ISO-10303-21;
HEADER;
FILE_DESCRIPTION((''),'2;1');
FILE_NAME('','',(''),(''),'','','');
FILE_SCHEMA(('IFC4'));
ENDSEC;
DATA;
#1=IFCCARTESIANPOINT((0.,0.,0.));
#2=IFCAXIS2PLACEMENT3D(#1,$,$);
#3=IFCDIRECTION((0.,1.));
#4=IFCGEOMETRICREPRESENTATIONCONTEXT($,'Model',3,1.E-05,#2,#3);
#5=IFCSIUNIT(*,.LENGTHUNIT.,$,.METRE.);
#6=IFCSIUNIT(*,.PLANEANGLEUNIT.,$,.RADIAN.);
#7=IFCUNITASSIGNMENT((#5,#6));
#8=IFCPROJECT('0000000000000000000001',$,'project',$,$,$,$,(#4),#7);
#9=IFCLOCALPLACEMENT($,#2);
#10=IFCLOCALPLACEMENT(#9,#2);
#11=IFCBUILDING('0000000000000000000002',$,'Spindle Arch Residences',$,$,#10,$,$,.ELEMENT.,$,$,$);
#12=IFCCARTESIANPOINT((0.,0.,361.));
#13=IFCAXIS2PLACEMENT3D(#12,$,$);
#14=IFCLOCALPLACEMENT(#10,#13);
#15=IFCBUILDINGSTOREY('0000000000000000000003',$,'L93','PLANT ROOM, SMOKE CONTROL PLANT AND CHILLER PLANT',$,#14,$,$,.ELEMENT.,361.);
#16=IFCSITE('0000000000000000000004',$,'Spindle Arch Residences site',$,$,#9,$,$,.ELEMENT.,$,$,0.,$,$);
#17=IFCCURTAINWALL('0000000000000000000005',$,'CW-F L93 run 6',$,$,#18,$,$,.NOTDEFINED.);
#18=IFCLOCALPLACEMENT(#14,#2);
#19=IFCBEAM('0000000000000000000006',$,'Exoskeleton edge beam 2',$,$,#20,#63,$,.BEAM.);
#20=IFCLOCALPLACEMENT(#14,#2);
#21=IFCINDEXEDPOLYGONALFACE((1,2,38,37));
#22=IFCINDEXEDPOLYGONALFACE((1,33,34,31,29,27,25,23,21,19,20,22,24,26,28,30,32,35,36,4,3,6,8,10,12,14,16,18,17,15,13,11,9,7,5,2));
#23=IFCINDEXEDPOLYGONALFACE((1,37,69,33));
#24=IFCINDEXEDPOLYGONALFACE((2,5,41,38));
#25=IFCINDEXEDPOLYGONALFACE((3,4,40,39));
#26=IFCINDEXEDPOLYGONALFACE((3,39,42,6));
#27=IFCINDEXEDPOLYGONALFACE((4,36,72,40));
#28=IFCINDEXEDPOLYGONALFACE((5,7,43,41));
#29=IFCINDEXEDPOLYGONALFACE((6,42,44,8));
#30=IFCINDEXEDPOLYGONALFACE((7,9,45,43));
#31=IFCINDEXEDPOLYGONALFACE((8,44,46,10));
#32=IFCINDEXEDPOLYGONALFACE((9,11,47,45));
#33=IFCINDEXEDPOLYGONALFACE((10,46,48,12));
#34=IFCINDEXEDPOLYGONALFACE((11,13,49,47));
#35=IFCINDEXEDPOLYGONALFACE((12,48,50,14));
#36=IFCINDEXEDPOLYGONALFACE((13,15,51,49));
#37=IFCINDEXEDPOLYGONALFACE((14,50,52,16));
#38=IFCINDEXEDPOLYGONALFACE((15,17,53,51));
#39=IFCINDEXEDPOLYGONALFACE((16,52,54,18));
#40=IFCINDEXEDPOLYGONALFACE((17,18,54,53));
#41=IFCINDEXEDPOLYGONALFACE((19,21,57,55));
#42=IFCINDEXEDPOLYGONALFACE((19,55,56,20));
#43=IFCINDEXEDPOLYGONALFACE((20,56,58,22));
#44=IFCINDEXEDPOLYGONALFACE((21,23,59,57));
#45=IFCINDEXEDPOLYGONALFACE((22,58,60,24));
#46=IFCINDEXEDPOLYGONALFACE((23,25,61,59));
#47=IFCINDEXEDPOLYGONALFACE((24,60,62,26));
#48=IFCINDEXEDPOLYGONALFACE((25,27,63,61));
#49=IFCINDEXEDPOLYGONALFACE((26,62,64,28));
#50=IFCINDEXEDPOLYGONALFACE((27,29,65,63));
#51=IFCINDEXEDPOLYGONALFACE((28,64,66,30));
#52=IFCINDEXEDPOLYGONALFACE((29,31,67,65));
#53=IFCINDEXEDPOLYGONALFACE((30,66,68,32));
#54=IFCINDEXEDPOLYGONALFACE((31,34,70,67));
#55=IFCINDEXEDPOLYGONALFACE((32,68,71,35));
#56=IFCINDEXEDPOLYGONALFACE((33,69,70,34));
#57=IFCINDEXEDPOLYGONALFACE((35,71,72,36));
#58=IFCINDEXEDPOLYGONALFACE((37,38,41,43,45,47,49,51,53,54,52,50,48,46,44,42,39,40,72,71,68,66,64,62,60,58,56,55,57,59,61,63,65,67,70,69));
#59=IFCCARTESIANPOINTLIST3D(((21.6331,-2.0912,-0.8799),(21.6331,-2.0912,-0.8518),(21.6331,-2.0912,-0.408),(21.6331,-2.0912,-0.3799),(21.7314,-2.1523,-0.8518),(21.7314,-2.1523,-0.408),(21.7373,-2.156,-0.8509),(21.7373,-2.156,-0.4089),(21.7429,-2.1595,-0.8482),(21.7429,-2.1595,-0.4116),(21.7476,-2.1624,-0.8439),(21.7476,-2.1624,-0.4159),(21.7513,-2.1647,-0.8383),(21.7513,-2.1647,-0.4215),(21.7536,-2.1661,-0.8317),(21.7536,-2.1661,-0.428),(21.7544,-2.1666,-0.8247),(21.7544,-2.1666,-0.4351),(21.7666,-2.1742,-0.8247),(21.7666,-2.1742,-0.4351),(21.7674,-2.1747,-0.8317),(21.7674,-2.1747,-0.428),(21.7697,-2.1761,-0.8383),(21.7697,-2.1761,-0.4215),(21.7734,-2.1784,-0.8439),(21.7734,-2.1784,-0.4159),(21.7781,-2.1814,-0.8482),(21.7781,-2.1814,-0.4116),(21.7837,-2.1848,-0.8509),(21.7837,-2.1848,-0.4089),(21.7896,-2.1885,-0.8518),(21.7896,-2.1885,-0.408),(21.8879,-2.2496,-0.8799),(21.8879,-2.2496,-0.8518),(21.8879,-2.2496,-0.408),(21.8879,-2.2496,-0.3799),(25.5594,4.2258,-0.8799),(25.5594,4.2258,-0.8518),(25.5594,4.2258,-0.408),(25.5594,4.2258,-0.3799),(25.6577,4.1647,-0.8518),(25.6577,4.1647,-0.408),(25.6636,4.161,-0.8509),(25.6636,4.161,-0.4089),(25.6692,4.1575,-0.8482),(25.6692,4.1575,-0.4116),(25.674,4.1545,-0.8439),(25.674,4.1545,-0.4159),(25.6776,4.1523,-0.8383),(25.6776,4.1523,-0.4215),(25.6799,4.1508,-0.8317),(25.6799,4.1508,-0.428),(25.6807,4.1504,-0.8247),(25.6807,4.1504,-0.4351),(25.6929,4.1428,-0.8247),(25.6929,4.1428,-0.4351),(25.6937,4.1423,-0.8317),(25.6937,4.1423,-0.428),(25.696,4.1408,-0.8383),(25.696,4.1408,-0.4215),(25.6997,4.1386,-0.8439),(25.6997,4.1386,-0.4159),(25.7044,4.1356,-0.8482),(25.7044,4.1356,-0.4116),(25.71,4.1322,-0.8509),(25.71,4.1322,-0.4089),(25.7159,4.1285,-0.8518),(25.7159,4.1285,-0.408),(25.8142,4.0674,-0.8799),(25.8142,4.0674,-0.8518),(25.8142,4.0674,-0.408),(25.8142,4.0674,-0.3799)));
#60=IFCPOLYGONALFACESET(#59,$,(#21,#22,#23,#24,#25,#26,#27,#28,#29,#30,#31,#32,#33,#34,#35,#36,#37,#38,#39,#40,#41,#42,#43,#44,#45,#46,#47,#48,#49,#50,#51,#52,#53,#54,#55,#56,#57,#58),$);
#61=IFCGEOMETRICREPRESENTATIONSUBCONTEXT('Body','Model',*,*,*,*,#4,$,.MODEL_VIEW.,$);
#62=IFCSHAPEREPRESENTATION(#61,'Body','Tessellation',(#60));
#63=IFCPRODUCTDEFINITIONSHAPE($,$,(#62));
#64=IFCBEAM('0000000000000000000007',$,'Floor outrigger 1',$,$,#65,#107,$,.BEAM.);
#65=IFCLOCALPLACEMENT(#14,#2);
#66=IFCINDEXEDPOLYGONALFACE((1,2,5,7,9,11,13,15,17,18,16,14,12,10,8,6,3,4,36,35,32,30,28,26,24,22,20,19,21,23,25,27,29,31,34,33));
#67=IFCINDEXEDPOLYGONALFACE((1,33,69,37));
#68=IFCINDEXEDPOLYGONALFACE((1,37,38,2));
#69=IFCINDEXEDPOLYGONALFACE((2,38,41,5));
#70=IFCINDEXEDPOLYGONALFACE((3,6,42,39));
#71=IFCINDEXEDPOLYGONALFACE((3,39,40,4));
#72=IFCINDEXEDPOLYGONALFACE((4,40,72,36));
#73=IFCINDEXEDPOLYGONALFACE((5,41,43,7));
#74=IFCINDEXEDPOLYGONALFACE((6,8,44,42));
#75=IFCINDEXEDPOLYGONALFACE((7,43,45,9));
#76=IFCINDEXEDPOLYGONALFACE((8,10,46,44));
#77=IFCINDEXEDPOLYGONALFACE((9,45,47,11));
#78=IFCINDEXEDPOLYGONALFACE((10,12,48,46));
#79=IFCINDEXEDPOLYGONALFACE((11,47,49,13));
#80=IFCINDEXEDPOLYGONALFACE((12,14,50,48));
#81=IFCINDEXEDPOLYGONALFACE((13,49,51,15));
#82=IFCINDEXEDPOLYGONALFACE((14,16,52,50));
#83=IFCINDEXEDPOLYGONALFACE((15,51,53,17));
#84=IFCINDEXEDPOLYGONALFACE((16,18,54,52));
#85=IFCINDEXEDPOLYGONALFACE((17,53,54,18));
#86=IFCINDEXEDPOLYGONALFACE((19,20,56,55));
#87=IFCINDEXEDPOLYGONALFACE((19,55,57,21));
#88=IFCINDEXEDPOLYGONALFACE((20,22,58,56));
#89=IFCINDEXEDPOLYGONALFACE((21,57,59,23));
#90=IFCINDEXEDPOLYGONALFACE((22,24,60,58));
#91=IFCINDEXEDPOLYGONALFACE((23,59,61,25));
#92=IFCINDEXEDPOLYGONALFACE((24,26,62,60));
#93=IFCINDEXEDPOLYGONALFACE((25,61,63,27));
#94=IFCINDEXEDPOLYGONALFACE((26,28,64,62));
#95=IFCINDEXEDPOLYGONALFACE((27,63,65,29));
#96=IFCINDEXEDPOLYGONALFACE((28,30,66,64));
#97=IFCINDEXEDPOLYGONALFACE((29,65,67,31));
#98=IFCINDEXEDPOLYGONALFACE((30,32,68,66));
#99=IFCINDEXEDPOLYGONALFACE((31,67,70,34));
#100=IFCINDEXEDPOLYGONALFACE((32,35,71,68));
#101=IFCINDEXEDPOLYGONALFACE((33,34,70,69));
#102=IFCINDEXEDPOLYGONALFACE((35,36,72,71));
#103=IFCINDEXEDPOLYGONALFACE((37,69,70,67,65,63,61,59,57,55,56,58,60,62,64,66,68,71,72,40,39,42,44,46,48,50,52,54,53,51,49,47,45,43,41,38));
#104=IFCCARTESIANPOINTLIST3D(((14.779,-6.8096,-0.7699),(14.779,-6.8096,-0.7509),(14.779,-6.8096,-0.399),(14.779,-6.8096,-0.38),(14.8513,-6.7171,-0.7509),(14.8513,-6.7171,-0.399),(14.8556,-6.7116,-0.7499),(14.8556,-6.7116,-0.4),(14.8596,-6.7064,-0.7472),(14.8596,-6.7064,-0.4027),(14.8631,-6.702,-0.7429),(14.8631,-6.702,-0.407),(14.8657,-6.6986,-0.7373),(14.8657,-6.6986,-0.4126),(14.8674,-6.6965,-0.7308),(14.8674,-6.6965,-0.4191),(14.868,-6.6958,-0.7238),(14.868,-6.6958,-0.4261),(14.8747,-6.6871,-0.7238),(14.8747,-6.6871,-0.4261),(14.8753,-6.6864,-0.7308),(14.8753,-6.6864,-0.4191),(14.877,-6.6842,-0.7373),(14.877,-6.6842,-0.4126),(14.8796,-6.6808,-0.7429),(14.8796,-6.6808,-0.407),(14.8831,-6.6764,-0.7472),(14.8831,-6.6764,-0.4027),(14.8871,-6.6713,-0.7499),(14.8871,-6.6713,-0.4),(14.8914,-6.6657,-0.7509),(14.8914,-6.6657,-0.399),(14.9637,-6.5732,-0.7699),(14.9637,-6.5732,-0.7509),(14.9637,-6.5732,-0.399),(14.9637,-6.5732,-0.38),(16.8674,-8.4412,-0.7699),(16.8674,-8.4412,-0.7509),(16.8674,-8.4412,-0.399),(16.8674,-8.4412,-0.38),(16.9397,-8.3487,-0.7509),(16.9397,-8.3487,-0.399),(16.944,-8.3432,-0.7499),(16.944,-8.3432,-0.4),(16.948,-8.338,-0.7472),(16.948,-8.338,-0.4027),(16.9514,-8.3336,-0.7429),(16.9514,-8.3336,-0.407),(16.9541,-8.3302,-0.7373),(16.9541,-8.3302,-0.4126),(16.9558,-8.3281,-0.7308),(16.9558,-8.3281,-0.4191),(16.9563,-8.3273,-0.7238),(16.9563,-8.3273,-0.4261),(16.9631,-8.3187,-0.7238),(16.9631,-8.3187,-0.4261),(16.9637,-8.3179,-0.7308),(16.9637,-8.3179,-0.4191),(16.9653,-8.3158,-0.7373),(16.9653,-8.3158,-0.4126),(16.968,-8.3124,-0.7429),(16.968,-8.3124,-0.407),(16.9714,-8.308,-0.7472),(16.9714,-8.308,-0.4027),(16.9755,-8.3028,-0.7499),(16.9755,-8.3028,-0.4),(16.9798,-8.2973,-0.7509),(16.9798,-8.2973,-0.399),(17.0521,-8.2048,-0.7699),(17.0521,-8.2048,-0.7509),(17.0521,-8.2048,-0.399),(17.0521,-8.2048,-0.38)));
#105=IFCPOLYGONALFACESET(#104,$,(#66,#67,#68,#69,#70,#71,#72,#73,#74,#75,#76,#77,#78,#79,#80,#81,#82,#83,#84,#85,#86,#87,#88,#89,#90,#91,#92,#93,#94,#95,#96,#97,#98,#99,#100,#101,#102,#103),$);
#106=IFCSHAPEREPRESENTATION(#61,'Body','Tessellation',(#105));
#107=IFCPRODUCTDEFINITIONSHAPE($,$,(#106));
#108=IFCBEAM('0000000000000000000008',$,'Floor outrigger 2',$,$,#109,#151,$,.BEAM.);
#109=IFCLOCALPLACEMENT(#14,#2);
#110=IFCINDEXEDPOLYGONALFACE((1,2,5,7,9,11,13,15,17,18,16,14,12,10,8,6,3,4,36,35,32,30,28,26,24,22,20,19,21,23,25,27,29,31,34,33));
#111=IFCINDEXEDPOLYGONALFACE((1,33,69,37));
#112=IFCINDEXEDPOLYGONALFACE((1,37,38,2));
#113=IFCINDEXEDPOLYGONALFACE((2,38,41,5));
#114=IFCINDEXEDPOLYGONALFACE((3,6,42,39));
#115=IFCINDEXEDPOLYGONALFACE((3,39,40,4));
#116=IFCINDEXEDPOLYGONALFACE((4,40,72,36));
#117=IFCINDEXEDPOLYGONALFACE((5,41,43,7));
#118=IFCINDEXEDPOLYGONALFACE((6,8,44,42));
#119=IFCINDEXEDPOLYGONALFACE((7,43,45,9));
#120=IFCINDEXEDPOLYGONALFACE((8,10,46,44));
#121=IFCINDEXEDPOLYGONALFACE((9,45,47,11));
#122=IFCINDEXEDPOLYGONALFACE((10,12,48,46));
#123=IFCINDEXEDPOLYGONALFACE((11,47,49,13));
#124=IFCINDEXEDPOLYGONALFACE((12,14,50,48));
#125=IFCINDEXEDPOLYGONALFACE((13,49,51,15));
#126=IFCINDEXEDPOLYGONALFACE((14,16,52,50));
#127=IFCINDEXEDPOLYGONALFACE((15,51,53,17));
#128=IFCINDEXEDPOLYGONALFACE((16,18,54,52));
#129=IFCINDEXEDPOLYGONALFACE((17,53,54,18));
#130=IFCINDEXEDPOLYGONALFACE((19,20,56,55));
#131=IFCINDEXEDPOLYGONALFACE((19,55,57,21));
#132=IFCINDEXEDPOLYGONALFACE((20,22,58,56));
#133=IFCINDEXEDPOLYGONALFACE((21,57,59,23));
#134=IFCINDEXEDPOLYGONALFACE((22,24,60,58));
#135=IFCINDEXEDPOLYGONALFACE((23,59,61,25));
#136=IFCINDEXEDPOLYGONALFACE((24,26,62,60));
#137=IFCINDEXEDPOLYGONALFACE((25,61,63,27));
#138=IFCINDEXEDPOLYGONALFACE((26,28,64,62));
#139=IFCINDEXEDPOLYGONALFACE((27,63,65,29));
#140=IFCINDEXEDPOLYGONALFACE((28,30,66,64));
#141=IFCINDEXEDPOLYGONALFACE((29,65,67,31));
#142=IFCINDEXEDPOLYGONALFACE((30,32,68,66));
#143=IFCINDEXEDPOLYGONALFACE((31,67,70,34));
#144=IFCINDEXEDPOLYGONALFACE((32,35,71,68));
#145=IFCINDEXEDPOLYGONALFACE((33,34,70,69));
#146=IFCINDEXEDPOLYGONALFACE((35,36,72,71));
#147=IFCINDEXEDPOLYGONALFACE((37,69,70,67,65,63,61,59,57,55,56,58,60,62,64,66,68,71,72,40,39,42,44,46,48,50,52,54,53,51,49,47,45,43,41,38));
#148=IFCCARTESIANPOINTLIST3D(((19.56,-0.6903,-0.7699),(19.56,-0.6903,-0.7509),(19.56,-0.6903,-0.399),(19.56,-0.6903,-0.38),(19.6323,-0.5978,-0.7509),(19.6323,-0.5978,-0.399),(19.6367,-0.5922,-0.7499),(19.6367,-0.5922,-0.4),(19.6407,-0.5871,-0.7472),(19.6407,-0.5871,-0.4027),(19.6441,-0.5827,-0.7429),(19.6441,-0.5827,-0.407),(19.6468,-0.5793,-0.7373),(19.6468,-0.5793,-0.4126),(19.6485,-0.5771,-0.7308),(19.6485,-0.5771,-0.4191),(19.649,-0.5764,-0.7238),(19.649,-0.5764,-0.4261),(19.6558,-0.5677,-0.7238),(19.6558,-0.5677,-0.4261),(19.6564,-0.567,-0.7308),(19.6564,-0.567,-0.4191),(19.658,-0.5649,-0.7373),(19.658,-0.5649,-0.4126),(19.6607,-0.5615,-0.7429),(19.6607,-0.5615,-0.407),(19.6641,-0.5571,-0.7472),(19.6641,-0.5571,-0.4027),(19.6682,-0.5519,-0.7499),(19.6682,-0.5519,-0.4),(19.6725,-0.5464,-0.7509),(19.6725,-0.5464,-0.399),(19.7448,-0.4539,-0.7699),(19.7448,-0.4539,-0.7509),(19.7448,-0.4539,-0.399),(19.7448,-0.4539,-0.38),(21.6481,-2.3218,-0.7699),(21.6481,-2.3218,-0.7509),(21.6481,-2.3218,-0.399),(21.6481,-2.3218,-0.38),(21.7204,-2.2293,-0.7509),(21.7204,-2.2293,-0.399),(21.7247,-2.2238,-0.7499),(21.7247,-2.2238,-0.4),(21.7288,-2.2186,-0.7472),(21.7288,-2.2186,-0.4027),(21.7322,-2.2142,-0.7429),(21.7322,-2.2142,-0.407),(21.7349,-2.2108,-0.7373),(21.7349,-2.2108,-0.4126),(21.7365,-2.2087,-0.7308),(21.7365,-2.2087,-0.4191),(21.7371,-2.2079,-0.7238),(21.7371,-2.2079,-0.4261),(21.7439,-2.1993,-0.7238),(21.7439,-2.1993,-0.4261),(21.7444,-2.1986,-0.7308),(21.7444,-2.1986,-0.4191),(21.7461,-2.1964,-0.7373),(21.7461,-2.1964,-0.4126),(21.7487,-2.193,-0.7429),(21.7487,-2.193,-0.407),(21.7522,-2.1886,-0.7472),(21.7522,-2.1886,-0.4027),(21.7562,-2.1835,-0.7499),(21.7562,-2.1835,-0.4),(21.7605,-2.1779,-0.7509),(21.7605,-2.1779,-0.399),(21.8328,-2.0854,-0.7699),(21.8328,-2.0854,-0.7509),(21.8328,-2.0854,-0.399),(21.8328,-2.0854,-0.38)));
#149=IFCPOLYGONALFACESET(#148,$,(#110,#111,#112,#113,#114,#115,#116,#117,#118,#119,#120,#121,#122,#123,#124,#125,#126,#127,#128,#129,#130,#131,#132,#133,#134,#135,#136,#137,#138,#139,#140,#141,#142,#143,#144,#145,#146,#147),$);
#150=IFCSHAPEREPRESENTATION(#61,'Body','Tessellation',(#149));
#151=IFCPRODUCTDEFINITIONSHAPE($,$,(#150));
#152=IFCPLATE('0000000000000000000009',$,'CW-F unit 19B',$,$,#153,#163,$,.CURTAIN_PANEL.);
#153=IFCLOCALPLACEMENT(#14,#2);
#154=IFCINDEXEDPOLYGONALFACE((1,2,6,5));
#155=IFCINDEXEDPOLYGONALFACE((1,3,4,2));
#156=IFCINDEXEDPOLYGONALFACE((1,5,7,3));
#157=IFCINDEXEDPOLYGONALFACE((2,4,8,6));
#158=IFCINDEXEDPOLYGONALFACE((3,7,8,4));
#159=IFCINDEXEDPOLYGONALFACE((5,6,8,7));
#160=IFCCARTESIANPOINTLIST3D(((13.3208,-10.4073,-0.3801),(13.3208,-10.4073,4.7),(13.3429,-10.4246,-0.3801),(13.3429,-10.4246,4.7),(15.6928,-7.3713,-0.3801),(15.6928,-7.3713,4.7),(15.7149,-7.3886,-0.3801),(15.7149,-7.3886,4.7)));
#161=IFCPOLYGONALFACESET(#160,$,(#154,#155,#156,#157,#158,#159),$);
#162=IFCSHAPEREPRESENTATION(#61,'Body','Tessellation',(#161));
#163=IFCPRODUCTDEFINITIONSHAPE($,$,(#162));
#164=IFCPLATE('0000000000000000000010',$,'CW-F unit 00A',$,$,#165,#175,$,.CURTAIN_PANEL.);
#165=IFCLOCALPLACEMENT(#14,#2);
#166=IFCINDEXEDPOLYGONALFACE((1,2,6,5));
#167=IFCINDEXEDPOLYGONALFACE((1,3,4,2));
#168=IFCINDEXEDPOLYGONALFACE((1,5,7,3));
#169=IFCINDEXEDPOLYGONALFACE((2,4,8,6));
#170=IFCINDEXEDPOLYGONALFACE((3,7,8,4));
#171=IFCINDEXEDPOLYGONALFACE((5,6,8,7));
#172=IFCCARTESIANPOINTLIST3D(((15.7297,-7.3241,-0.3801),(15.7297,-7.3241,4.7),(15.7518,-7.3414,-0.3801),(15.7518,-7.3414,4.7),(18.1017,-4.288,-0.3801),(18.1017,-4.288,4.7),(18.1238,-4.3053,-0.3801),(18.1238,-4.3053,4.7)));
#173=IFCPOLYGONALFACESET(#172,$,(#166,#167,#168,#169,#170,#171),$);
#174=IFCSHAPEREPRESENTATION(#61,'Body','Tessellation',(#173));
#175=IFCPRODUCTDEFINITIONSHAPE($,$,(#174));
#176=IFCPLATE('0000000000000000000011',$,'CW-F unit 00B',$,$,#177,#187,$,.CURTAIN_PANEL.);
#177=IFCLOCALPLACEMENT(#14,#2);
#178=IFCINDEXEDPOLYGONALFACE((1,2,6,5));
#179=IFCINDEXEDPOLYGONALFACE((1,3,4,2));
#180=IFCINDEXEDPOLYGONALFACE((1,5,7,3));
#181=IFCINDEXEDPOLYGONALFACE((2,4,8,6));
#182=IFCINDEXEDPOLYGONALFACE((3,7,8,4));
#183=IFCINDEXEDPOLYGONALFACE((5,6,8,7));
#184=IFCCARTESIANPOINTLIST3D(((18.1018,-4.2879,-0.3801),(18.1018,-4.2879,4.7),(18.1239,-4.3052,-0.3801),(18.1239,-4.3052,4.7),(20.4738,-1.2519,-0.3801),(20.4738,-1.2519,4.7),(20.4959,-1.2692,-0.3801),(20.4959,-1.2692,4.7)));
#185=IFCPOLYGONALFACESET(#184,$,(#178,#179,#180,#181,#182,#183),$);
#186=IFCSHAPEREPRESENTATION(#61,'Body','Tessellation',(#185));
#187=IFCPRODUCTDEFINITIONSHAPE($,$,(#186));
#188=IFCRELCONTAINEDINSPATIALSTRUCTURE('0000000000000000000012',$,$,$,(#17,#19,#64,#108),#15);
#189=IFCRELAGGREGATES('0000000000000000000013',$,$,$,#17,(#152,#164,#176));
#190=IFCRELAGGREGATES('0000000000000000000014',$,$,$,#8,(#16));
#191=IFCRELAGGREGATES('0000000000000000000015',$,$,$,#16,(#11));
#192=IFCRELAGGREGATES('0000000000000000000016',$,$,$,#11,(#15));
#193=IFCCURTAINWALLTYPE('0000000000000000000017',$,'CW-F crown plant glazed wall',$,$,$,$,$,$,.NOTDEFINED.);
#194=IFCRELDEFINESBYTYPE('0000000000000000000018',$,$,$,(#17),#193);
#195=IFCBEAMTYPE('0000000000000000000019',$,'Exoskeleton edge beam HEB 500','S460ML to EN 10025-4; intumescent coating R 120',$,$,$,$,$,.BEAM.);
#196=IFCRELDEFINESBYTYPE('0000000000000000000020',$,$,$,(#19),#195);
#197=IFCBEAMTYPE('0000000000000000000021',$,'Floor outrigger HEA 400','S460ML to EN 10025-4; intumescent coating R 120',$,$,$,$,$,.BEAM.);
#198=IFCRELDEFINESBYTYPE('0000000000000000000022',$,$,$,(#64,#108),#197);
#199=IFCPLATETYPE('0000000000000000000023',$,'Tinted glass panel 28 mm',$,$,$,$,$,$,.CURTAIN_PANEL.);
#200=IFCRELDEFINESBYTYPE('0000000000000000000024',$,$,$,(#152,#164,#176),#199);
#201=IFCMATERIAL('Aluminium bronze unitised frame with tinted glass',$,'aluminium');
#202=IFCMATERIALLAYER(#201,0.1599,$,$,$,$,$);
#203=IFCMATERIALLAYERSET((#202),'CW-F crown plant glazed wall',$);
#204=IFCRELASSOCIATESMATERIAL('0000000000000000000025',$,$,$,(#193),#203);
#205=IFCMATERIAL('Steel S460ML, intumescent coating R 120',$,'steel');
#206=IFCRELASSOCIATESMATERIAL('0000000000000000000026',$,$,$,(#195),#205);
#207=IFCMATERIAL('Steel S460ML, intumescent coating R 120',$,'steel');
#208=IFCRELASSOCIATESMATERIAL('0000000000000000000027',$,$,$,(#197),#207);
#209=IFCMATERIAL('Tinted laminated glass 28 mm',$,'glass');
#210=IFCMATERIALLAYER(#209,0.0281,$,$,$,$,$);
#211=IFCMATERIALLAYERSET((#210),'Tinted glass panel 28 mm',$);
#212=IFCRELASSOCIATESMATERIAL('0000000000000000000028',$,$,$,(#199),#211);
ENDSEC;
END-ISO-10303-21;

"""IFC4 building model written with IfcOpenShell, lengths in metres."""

from ifc_helpers import new_model, si_unit, direction, frame, origin, origin_2d, place, context, subcontext, project, spatial, rectangle, i_section, extrude, material, layer, layer_set, material_profile, profile_set, type_object, element, aggregate, save


model = new_model("IFC4")

# Units and contexts
model_context = context("Model", 3, precision=1e-05, world=origin(), true_north=direction((0.0, 1.0)))
body_context = subcontext(model_context, "Body", "Model", "MODEL_VIEW")
ifc_project = project(units=[si_unit("LENGTHUNIT", "METRE"), si_unit("PLANEANGLEUNIT", "RADIAN")], contexts=[model_context])

# Site, building, storey
site_placement = place(None, origin())
site = spatial("IfcSite", under=ifc_project, at=site_placement, Name="Spindle Arch Residences site", CompositionType="ELEMENT", RefElevation=0.0)
building_placement = place(site_placement, origin())
building = spatial("IfcBuilding", under=site, at=building_placement, Name="Spindle Arch Residences", CompositionType="ELEMENT")
storey_placement = place(building_placement, frame((0.0, 0.0, 361.0)))
storey = spatial("IfcBuildingStorey", under=building, at=storey_placement, Name="L93", Description="PLANT ROOM, SMOKE CONTROL PLANT AND CHILLER PLANT", CompositionType="ELEMENT", Elevation=361.0)

# Curtain wall
ifc_material_1 = material(Name="Aluminium bronze unitised frame with tinted glass", Category="aluminium")
ifc_layer_1 = layer(ifc_material_1, 0.1599)
ifc_layer_set_1 = layer_set([ifc_layer_1], Name="CW-F crown plant glazed wall")
curtain_wall_type = type_object("IfcCurtainWallType", Name="CW-F crown plant glazed wall", PredefinedType="NOTDEFINED", material=ifc_layer_set_1)
curtain_wall_1_placement = place(storey_placement, origin())
curtain_wall_1 = element("IfcCurtainWall", 1, at=curtain_wall_1_placement, inside=storey, type_object=curtain_wall_type, Name="CW-F L93 run 6", PredefinedType="NOTDEFINED")

# Beams
ifc_material_2 = material(Name="Steel S460ML, intumescent coating R 120", Category="steel")
ifc_material_profile_1 = material_profile(ifc_material_2, i_section(OverallWidth=0.3, OverallDepth=0.5, WebThickness=0.0144, FlangeThickness=0.0281, FilletRadius=0.0271, at=origin_2d()), Name="HEB 500")
ifc_profile_set_1 = profile_set([ifc_material_profile_1], Name="Steel S460ML, intumescent coating R 120")
beam_type_1 = type_object("IfcBeamType", Name="Exoskeleton edge beam HEB 500", Description="S460ML to EN 10025-4; intumescent coating R 120", PredefinedType="BEAM", material=ifc_profile_set_1)
beam_1_placement = place(storey_placement, frame((21.7605, -2.1704, -0.6299), z_axis=(0.527891, 0.849312, 0.0), x_axis=(-0.849312, 0.527891, 0.0)))
element("IfcBeam", 2, at=beam_1_placement, inside=storey, type_object=beam_type_1, Name="Exoskeleton edge beam 2", PredefinedType="BEAM", context=body_context, shape_type="SweptSolid", body=[
    extrude(i_section(OverallWidth=0.3, OverallDepth=0.5, WebThickness=0.0144, FlangeThickness=0.0281, FilletRadius=0.0271, at=origin_2d()), origin(), (0.0, 0.0, 1.0), 7.4377),
])
ifc_material_3 = material(Name="Steel S460ML, intumescent coating R 120", Category="steel")
ifc_material_profile_2 = material_profile(ifc_material_3, i_section(OverallWidth=0.3, OverallDepth=0.3899, WebThickness=0.011, FlangeThickness=0.019, FilletRadius=0.0271, at=origin_2d()), Name="HEA 400")
ifc_profile_set_2 = profile_set([ifc_material_profile_2], Name="Steel S460ML, intumescent coating R 120")
beam_type_2 = type_object("IfcBeamType", Name="Floor outrigger HEA 400", Description="S460ML to EN 10025-4; intumescent coating R 120", PredefinedType="BEAM", material=ifc_profile_set_2)
beam_2_placement = place(storey_placement, frame((16.9597, -8.323, -0.575), z_axis=(-0.788016, 0.615655, 0.0), x_axis=(-0.615655, -0.788016, 0.0)))
element("IfcBeam", 3, at=beam_2_placement, inside=storey, type_object=beam_type_2, Name="Floor outrigger 1", PredefinedType="BEAM", context=body_context, shape_type="SweptSolid", body=[
    extrude(i_section(OverallWidth=0.3, OverallDepth=0.3899, WebThickness=0.011, FlangeThickness=0.019, FilletRadius=0.0271, at=origin_2d()), origin(), (0.0, 0.0, 1.0), 2.6501),
])
beam_3_placement = place(storey_placement, frame((21.7405, -2.2036, -0.575), z_axis=(-0.787981, 0.615699, 0.0), x_axis=(-0.615699, -0.787981, 0.0)))
element("IfcBeam", 4, at=beam_3_placement, inside=storey, type_object=beam_type_2, Name="Floor outrigger 2", PredefinedType="BEAM", context=body_context, shape_type="SweptSolid", body=[
    extrude(i_section(OverallWidth=0.3, OverallDepth=0.3899, WebThickness=0.011, FlangeThickness=0.019, FilletRadius=0.0271, at=origin_2d()), origin(), (0.0, 0.0, 1.0), 2.6499),
])

# Plates
ifc_material_4 = material(Name="Tinted laminated glass 28 mm", Category="glass")
ifc_layer_2 = layer(ifc_material_4, 0.0281)
ifc_layer_set_2 = layer_set([ifc_layer_2], Name="Tinted glass panel 28 mm")
plate_type = type_object("IfcPlateType", Name="Tinted glass panel 28 mm", PredefinedType="CURTAIN_PANEL", material=ifc_layer_set_2)
plate_1_placement = place(storey_placement, frame((14.5178, -8.8979, -0.3801), z_axis=(0.0, 0.0, 1.0), x_axis=(0.615661, 0.788011, 0.0)))
plate_1 = element("IfcPlate", 5, at=plate_1_placement, type_object=plate_type, Name="CW-F unit 19B", PredefinedType="CURTAIN_PANEL", context=body_context, shape_type="SweptSolid", body=[
    extrude(rectangle(XDim=3.8528, YDim=0.0281, at=origin_2d()), origin(), (0.0, 0.0, 1.0), 5.0801),
])
plate_2_placement = place(storey_placement, frame((16.9268, -5.8147, -0.3801), z_axis=(0.0, 0.0, 1.0), x_axis=(0.615661, 0.788011, 0.0)))
plate_2 = element("IfcPlate", 6, at=plate_2_placement, type_object=plate_type, Name="CW-F unit 00A", PredefinedType="CURTAIN_PANEL", context=body_context, shape_type="SweptSolid", body=[
    extrude(rectangle(XDim=3.8528, YDim=0.0281, at=origin_2d()), origin(), (0.0, 0.0, 1.0), 5.0801),
])
plate_3_placement = place(storey_placement, frame((19.2988, -2.7786, -0.3801), z_axis=(0.0, 0.0, 1.0), x_axis=(0.615661, 0.788011, 0.0)))
plate_3 = element("IfcPlate", 7, at=plate_3_placement, type_object=plate_type, Name="CW-F unit 00B", PredefinedType="CURTAIN_PANEL", context=body_context, shape_type="SweptSolid", body=[
    extrude(rectangle(XDim=3.8528, YDim=0.0281, at=origin_2d()), origin(), (0.0, 0.0, 1.0), 5.0801),
])
aggregate(curtain_wall_1, [plate_1, plate_2, plate_3])

save(model, "model.ifc")
